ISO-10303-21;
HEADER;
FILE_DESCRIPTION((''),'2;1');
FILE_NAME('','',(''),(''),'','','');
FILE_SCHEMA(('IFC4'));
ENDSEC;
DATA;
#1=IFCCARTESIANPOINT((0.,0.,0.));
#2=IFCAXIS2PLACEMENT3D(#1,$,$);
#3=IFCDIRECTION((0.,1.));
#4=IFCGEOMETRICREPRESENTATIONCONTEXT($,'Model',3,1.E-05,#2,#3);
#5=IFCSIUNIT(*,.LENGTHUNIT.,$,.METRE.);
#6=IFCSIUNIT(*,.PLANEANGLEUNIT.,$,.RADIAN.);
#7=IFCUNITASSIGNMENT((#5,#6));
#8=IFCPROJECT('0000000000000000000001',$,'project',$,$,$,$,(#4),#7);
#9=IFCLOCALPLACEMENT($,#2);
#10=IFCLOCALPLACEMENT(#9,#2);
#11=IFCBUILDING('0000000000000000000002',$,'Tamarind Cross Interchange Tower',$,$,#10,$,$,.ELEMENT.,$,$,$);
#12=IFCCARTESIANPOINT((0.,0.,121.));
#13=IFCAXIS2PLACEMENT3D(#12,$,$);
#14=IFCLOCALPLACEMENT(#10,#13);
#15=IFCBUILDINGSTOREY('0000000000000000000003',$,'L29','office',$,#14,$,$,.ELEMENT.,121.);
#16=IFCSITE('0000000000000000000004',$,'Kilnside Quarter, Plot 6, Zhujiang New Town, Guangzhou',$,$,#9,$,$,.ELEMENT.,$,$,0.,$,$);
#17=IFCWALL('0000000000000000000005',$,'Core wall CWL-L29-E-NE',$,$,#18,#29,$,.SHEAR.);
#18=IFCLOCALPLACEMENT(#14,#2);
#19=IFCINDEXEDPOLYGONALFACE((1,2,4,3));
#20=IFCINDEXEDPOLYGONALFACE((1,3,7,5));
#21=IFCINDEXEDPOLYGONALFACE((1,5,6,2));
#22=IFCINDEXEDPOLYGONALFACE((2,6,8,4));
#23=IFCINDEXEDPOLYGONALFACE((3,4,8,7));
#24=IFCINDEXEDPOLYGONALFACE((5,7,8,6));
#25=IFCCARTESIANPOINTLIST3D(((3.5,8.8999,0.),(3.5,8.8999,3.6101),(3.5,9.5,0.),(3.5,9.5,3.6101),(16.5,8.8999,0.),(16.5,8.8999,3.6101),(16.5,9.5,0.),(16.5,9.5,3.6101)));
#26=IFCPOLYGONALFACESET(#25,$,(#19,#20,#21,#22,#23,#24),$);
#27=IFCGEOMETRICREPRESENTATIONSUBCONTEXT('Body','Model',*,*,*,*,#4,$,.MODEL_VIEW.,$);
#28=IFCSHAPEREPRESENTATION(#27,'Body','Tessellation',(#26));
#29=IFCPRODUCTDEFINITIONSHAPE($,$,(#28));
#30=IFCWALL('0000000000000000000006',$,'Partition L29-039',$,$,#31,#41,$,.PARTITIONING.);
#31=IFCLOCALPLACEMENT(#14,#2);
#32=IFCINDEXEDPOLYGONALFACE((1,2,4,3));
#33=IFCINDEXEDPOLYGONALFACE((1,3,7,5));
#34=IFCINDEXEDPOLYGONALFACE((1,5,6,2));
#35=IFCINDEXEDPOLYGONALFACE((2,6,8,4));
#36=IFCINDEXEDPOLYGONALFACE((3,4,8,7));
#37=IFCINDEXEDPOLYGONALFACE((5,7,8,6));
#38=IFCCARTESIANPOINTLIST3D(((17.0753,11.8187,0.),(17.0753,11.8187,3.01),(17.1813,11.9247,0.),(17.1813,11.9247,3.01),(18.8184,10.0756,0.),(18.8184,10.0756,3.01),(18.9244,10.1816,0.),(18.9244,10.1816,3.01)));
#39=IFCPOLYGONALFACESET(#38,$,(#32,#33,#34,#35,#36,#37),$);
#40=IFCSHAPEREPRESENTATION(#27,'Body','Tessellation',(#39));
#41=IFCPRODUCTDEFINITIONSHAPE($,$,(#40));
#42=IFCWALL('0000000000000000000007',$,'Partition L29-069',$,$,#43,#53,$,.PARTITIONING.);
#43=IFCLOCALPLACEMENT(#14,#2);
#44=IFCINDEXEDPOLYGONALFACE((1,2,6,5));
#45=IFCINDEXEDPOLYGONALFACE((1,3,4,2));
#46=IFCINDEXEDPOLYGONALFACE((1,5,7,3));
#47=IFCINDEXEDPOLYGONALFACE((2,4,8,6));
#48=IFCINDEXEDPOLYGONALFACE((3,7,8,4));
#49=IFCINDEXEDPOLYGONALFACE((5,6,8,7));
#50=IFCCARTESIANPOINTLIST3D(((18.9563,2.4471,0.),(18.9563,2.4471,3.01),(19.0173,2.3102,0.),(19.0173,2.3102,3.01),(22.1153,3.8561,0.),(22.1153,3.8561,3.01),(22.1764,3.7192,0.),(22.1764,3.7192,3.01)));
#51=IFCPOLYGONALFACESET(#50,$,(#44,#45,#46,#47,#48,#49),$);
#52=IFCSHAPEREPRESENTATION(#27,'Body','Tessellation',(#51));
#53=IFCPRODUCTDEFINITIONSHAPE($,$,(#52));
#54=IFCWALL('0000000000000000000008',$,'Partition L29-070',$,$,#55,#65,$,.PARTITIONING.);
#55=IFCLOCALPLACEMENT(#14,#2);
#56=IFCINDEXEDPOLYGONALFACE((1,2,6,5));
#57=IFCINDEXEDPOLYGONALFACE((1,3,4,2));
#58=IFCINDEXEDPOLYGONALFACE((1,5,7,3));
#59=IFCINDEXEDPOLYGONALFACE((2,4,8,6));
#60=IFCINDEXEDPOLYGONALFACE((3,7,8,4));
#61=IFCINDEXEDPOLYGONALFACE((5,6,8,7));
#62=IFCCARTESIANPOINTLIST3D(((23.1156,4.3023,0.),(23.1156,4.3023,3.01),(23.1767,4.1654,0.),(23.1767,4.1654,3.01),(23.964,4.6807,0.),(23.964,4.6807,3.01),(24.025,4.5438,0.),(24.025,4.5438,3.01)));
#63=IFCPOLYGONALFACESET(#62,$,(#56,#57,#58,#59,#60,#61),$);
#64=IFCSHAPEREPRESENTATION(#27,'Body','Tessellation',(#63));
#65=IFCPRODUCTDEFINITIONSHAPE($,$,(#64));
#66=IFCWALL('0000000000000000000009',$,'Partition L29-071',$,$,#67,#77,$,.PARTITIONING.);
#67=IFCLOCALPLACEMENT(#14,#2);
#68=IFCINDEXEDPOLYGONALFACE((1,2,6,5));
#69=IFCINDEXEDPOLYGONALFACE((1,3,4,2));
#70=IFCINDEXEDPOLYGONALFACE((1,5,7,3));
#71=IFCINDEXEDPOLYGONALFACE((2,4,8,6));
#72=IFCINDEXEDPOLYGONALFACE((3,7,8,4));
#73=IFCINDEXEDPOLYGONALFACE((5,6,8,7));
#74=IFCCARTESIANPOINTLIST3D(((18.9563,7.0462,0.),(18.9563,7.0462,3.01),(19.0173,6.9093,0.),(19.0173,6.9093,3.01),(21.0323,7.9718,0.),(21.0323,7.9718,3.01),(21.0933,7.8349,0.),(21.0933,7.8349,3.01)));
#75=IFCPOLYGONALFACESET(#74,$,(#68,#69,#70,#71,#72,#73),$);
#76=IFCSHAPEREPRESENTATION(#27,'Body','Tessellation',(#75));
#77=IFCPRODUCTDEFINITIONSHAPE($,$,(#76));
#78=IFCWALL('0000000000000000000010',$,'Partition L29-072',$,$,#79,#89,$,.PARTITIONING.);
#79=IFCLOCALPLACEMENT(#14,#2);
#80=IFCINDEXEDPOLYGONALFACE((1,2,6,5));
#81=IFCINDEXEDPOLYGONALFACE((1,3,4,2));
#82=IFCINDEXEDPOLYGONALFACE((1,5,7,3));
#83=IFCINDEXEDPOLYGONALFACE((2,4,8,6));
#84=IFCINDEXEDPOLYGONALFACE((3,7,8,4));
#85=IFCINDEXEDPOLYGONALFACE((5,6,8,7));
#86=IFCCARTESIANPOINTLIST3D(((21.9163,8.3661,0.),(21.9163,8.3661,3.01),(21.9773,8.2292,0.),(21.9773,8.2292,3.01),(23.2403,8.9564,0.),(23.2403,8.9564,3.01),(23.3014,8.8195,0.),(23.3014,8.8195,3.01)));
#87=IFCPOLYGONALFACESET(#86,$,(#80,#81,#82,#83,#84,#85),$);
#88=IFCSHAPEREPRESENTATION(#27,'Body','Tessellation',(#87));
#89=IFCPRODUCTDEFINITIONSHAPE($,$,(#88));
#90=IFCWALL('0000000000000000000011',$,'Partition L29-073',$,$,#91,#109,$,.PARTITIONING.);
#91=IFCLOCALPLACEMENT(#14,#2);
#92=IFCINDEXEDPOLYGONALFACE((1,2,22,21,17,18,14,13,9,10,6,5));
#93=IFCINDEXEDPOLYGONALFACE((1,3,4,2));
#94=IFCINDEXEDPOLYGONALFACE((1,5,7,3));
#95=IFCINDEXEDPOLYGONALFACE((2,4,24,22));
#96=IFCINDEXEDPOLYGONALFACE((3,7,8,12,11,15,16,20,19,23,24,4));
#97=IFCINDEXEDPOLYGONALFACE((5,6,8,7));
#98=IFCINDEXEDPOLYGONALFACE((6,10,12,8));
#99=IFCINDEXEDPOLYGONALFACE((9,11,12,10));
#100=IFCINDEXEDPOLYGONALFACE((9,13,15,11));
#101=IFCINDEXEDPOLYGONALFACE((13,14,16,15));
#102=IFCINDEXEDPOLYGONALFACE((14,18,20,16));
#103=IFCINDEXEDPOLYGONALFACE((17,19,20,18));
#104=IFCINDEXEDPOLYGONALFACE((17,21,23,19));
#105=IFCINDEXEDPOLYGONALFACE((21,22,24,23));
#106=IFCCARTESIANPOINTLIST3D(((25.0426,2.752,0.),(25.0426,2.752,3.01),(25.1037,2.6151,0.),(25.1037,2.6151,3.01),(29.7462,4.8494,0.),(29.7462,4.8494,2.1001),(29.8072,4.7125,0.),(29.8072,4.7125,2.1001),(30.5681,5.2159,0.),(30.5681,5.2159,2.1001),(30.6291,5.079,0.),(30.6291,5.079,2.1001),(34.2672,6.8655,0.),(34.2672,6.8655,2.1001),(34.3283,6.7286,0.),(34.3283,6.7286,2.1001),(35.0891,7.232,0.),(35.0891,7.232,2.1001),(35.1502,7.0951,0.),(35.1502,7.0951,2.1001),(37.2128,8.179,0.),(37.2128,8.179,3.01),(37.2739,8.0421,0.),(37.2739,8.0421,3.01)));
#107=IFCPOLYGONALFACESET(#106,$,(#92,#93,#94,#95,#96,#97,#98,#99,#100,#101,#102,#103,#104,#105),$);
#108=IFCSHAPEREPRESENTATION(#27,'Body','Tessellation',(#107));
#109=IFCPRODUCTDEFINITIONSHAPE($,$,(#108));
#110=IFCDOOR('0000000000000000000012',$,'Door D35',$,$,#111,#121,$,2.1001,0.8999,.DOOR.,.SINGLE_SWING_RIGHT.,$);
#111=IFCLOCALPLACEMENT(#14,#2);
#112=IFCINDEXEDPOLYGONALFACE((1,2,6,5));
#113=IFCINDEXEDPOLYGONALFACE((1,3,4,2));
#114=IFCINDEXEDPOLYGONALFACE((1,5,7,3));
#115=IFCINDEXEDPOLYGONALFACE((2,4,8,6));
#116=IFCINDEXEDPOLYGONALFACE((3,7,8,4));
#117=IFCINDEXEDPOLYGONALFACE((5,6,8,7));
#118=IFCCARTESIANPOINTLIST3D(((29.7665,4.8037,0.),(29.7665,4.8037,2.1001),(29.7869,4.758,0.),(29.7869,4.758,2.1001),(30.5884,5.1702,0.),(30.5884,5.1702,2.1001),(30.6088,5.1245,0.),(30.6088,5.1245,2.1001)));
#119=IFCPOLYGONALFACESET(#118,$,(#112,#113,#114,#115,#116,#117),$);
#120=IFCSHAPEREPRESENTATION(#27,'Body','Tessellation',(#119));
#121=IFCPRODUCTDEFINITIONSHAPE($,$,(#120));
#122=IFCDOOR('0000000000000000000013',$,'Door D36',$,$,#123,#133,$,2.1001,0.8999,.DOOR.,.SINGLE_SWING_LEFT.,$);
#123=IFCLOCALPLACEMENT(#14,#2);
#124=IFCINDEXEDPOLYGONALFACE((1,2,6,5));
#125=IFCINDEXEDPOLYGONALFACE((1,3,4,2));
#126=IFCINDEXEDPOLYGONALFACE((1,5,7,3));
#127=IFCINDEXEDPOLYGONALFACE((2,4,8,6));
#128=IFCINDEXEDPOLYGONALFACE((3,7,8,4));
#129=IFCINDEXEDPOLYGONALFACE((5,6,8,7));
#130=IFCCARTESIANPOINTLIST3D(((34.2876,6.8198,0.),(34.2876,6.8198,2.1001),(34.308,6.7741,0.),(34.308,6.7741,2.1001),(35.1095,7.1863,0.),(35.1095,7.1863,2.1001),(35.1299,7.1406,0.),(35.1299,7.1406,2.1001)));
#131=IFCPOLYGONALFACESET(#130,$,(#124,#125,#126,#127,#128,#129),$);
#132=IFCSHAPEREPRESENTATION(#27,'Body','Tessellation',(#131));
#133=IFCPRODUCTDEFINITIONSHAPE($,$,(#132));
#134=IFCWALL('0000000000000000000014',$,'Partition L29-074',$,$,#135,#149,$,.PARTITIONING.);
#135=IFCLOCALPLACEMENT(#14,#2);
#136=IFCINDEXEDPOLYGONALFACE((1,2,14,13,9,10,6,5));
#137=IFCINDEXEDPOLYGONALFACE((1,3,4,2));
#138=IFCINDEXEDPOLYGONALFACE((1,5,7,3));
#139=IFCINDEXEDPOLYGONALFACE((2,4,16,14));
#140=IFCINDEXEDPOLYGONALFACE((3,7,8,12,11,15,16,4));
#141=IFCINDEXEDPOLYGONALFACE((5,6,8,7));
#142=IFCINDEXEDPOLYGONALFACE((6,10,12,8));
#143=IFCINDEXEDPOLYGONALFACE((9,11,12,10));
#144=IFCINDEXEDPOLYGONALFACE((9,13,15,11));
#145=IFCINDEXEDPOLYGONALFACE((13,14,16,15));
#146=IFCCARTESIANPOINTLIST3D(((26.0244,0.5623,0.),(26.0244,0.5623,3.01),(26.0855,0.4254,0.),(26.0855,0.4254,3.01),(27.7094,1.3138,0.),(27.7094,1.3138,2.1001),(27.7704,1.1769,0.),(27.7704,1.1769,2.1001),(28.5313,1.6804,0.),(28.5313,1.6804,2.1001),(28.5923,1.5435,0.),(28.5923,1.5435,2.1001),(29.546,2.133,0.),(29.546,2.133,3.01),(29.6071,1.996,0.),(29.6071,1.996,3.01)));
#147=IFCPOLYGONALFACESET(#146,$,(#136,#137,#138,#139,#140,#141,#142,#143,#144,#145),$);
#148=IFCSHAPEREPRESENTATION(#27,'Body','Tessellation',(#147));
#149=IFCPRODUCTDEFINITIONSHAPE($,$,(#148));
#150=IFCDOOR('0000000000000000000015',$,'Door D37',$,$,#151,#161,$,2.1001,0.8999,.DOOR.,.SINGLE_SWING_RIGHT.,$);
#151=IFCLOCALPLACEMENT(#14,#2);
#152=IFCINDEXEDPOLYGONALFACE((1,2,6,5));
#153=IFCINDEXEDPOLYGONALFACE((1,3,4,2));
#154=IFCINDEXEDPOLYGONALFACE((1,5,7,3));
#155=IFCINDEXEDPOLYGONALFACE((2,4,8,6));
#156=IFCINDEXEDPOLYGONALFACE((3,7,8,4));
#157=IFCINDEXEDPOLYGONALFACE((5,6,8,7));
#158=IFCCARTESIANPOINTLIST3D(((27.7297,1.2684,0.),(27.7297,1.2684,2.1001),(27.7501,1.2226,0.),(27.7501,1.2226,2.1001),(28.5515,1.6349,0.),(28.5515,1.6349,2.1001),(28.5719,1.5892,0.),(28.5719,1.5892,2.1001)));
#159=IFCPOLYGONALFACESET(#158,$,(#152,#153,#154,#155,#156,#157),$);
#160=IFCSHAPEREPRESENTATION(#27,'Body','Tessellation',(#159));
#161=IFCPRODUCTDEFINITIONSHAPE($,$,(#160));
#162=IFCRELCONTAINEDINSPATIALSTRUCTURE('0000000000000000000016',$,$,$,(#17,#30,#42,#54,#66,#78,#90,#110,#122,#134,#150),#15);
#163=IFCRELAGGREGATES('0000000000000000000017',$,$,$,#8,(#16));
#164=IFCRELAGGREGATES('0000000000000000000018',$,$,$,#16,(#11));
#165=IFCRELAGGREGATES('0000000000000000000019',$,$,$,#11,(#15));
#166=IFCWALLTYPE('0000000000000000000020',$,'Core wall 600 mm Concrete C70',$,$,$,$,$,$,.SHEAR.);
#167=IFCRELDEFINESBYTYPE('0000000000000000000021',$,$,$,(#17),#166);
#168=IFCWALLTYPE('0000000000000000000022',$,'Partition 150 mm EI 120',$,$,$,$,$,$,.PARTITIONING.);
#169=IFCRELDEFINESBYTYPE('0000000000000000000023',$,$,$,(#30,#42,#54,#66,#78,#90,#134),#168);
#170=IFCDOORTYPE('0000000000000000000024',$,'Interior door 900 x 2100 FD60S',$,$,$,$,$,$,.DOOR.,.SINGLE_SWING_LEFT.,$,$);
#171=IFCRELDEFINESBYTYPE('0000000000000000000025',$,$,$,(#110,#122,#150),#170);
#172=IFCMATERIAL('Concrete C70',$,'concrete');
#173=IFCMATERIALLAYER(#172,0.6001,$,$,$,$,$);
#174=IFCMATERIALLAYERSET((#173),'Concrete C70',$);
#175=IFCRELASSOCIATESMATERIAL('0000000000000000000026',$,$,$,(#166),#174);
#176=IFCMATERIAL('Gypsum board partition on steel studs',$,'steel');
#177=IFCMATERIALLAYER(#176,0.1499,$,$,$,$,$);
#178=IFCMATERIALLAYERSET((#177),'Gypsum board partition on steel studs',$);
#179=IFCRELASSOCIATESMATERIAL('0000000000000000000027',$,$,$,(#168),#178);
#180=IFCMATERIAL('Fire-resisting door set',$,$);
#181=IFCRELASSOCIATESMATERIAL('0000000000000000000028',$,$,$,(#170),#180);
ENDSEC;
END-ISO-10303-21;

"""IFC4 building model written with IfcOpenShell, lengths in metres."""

from ifc_helpers import new_model, si_unit, direction, frame, frame_2d, origin, place, context, subcontext, project, spatial, rectangle, extrude, material, layer, layer_set, type_object, element, fill, save


model = new_model("IFC4")

# Units and contexts
model_context = context("Model", 3, precision=1e-05, world=origin(), true_north=direction((0.0, 1.0)))
body_context = subcontext(model_context, "Body", "Model", "MODEL_VIEW")
ifc_project = project(units=[si_unit("LENGTHUNIT", "METRE"), si_unit("PLANEANGLEUNIT", "RADIAN")], contexts=[model_context])

# Site, building, storey
site_placement = place(None, origin())
site = spatial("IfcSite", under=ifc_project, at=site_placement, Name="Kilnside Quarter, Plot 6, Zhujiang New Town, Guangzhou", CompositionType="ELEMENT", RefElevation=0.0)
building_placement = place(site_placement, origin())
building = spatial("IfcBuilding", under=site, at=building_placement, Name="Tamarind Cross Interchange Tower", CompositionType="ELEMENT")
storey_placement = place(building_placement, frame((0.0, 0.0, 121.0)))
storey = spatial("IfcBuildingStorey", under=building, at=storey_placement, Name="L29", Description="office", CompositionType="ELEMENT", Elevation=121.0)

# Walls
ifc_material_1 = material(Name="Concrete C70", Category="concrete")
ifc_layer_1 = layer(ifc_material_1, 0.6001)
ifc_layer_set_1 = layer_set([ifc_layer_1], Name="Concrete C70")
wall_type_1 = type_object("IfcWallType", Name="Core wall 600 mm Concrete C70", PredefinedType="SHEAR", material=ifc_layer_set_1)
wall_1_placement = place(storey_placement, frame((16.5, 9.2, 0.0), z_axis=(0.0, 0.0, 1.0), x_axis=(-1.0, 0.0, 0.0)))
element("IfcWall", 1, at=wall_1_placement, inside=storey, type_object=wall_type_1, Name="Core wall CWL-L29-E-NE", PredefinedType="SHEAR", context=body_context, shape_type="SweptSolid", body=[
    extrude(rectangle(XDim=13.0, YDim=0.6001, at=frame_2d((6.5, 0.0))), origin(), (0.0, 0.0, 1.0), 3.6101),
])
ifc_material_2 = material(Name="Gypsum board partition on steel studs", Category="steel")
ifc_layer_2 = layer(ifc_material_2, 0.1499)
ifc_layer_set_2 = layer_set([ifc_layer_2], Name="Gypsum board partition on steel studs")
wall_type_2 = type_object("IfcWallType", Name="Partition 150 mm EI 120", PredefinedType="PARTITIONING", material=ifc_layer_set_2)
wall_2_placement = place(storey_placement, frame((17.1284, 11.8716, 0.0), z_axis=(0.0, 0.0, 1.0), x_axis=(0.707107, -0.707107, 0.0)))
element("IfcWall", 2, at=wall_2_placement, inside=storey, type_object=wall_type_2, Name="Partition L29-039", PredefinedType="PARTITIONING", context=body_context, shape_type="SweptSolid", body=[
    extrude(rectangle(XDim=2.4651, YDim=0.1499, at=frame_2d((1.2324, 0.0))), origin(), (0.0, 0.0, 1.0), 3.01),
])
wall_3_placement = place(storey_placement, frame((18.9868, 2.3787, 0.0), z_axis=(0.0, 0.0, 1.0), x_axis=(0.913278, 0.407337, 0.0)))
element("IfcWall", 3, at=wall_3_placement, inside=storey, type_object=wall_type_2, Name="Partition L29-069", PredefinedType="PARTITIONING", context=body_context, shape_type="SweptSolid", body=[
    extrude(rectangle(XDim=3.459, YDim=0.1499, at=frame_2d((1.7295, 0.0))), origin(), (0.0, 0.0, 1.0), 3.01),
])
wall_4_placement = place(storey_placement, frame((23.1462, 4.2339, 0.0), z_axis=(0.0, 0.0, 1.0), x_axis=(0.913269, 0.407357, 0.0)))
element("IfcWall", 4, at=wall_4_placement, inside=storey, type_object=wall_type_2, Name="Partition L29-070", PredefinedType="PARTITIONING", context=body_context, shape_type="SweptSolid", body=[
    extrude(rectangle(XDim=0.929, YDim=0.1499, at=frame_2d((0.4644, 0.0))), origin(), (0.0, 0.0, 1.0), 3.01),
])
wall_5_placement = place(storey_placement, frame((18.9868, 6.9778, 0.0), z_axis=(0.0, 0.0, 1.0), x_axis=(0.913337, 0.407205, 0.0)))
element("IfcWall", 5, at=wall_5_placement, inside=storey, type_object=wall_type_2, Name="Partition L29-071", PredefinedType="PARTITIONING", context=body_context, shape_type="SweptSolid", body=[
    extrude(rectangle(XDim=2.2729, YDim=0.1499, at=frame_2d((1.1365, 0.0))), origin(), (0.0, 0.0, 1.0), 3.01),
])
wall_6_placement = place(storey_placement, frame((21.9468, 8.2976, 0.0), z_axis=(0.0, 0.0, 1.0), x_axis=(0.913325, 0.407232, 0.0)))
element("IfcWall", 6, at=wall_6_placement, inside=storey, type_object=wall_type_2, Name="Partition L29-072", PredefinedType="PARTITIONING", context=body_context, shape_type="SweptSolid", body=[
    extrude(rectangle(XDim=1.4497, YDim=0.1499, at=frame_2d((0.7249, 0.0))), origin(), (0.0, 0.0, 1.0), 3.01),
])

# Wall, openings, doors
wall_7_placement = place(storey_placement, frame((25.0732, 2.6836, 0.0), z_axis=(0.0, 0.0, 1.0), x_axis=(0.913308, 0.407269, 0.0)))
wall_7 = element("IfcWall", 7, at=wall_7_placement, inside=storey, type_object=wall_type_2, Name="Partition L29-073", PredefinedType="PARTITIONING", context=body_context, shape_type="SweptSolid", body=[
    extrude(rectangle(XDim=13.3254, YDim=0.1499, at=frame_2d((6.6626, 0.0))), origin(), (0.0, 0.0, 1.0), 3.01),
])
opening_1_placement = place(wall_7_placement, frame((5.1499, 0.0, 0.0)))
opening_1 = element("IfcOpeningElement", 8, at=opening_1_placement, cuts=wall_7, PredefinedType="OPENING", context=body_context, shape_type="SweptSolid", body=[
    extrude(rectangle(XDim=0.8999, YDim=2.1001, at=frame_2d((0.45, 1.05))), frame((0.0, 0.085, 0.0), z_axis=(0.0, -1.0, 0.0), x_axis=(1.0, 0.0, 0.0)), (0.0, 0.0, 1.0), 0.1699),
])
opening_2_placement = place(wall_7_placement, frame((10.1001, 0.0, 0.0)))
opening_2 = element("IfcOpeningElement", 9, at=opening_2_placement, cuts=wall_7, PredefinedType="OPENING", context=body_context, shape_type="SweptSolid", body=[
    extrude(rectangle(XDim=0.8999, YDim=2.1001, at=frame_2d((0.45, 1.05))), frame((0.0, 0.085, 0.0), z_axis=(0.0, -1.0, 0.0), x_axis=(1.0, 0.0, 0.0)), (0.0, 0.0, 1.0), 0.1699),
])
ifc_material_3 = material(Name="Fire-resisting door set")
door_type_1 = type_object("IfcDoorType", Name="Interior door 900 x 2100 FD60S", OperationType="SINGLE_SWING_LEFT", PredefinedType="DOOR", material=ifc_material_3)
door_1_placement = place(opening_1_placement, origin())
door_1 = element("IfcDoor", 10, at=door_1_placement, inside=storey, type_object=door_type_1, Name="Door D35", OperationType="SINGLE_SWING_RIGHT", OverallHeight=2.1001, OverallWidth=0.8999, PredefinedType="DOOR", context=body_context, shape_type="SweptSolid", body=[
    extrude(rectangle(XDim=0.8999, YDim=2.1001, at=frame_2d((0.45, 1.05))), frame((0.0, 0.0249, 0.0), z_axis=(0.0, -1.0, 0.0), x_axis=(1.0, 0.0, 0.0)), (0.0, 0.0, 1.0), 0.05),
])
fill(opening_1, door_1)
door_2_placement = place(opening_2_placement, origin())
door_2 = element("IfcDoor", 11, at=door_2_placement, inside=storey, type_object=door_type_1, Name="Door D36", OperationType="SINGLE_SWING_LEFT", OverallHeight=2.1001, OverallWidth=0.8999, PredefinedType="DOOR", context=body_context, shape_type="SweptSolid", body=[
    extrude(rectangle(XDim=0.8999, YDim=2.1001, at=frame_2d((0.45, 1.05))), frame((0.0, 0.0249, 0.0), z_axis=(0.0, -1.0, 0.0), x_axis=(1.0, 0.0, 0.0)), (0.0, 0.0, 1.0), 0.05),
])
fill(opening_2, door_2)

# Wall, opening, door
wall_8_placement = place(storey_placement, frame((26.0549, 0.4939, 0.0), z_axis=(0.0, 0.0, 1.0), x_axis=(0.913286, 0.407319, 0.0)))
wall_8 = element("IfcWall", 12, at=wall_8_placement, inside=storey, type_object=wall_type_2, Name="Partition L29-074", PredefinedType="PARTITIONING", context=body_context, shape_type="SweptSolid", body=[
    extrude(rectangle(XDim=3.856, YDim=0.1499, at=frame_2d((1.928, 0.0))), origin(), (0.0, 0.0, 1.0), 3.01),
])
opening_3_placement = place(wall_8_placement, frame((1.845, 0.0, 0.0)))
opening_3 = element("IfcOpeningElement", 13, at=opening_3_placement, cuts=wall_8, PredefinedType="OPENING", context=body_context, shape_type="SweptSolid", body=[
    extrude(rectangle(XDim=0.8999, YDim=2.1001, at=frame_2d((0.45, 1.05))), frame((0.0, 0.085, 0.0), z_axis=(0.0, -1.0, 0.0), x_axis=(1.0, 0.0, 0.0)), (0.0, 0.0, 1.0), 0.1699),
])
door_3_placement = place(opening_3_placement, frame((0.8999, 0.0, 0.0), z_axis=(0.0, 0.0, 1.0), x_axis=(-1.0, 0.0, 0.0)))
door_3 = element("IfcDoor", 14, at=door_3_placement, inside=storey, type_object=door_type_1, Name="Door D37", OperationType="SINGLE_SWING_RIGHT", OverallHeight=2.1001, OverallWidth=0.8999, PredefinedType="DOOR", context=body_context, shape_type="SweptSolid", body=[
    extrude(rectangle(XDim=0.8999, YDim=2.1001, at=frame_2d((0.45, 1.05))), frame((0.0, 0.0249, 0.0), z_axis=(0.0, -1.0, 0.0), x_axis=(1.0, 0.0, 0.0)), (0.0, 0.0, 1.0), 0.05),
])
fill(opening_3, door_3)

save(model, "model.ifc")
